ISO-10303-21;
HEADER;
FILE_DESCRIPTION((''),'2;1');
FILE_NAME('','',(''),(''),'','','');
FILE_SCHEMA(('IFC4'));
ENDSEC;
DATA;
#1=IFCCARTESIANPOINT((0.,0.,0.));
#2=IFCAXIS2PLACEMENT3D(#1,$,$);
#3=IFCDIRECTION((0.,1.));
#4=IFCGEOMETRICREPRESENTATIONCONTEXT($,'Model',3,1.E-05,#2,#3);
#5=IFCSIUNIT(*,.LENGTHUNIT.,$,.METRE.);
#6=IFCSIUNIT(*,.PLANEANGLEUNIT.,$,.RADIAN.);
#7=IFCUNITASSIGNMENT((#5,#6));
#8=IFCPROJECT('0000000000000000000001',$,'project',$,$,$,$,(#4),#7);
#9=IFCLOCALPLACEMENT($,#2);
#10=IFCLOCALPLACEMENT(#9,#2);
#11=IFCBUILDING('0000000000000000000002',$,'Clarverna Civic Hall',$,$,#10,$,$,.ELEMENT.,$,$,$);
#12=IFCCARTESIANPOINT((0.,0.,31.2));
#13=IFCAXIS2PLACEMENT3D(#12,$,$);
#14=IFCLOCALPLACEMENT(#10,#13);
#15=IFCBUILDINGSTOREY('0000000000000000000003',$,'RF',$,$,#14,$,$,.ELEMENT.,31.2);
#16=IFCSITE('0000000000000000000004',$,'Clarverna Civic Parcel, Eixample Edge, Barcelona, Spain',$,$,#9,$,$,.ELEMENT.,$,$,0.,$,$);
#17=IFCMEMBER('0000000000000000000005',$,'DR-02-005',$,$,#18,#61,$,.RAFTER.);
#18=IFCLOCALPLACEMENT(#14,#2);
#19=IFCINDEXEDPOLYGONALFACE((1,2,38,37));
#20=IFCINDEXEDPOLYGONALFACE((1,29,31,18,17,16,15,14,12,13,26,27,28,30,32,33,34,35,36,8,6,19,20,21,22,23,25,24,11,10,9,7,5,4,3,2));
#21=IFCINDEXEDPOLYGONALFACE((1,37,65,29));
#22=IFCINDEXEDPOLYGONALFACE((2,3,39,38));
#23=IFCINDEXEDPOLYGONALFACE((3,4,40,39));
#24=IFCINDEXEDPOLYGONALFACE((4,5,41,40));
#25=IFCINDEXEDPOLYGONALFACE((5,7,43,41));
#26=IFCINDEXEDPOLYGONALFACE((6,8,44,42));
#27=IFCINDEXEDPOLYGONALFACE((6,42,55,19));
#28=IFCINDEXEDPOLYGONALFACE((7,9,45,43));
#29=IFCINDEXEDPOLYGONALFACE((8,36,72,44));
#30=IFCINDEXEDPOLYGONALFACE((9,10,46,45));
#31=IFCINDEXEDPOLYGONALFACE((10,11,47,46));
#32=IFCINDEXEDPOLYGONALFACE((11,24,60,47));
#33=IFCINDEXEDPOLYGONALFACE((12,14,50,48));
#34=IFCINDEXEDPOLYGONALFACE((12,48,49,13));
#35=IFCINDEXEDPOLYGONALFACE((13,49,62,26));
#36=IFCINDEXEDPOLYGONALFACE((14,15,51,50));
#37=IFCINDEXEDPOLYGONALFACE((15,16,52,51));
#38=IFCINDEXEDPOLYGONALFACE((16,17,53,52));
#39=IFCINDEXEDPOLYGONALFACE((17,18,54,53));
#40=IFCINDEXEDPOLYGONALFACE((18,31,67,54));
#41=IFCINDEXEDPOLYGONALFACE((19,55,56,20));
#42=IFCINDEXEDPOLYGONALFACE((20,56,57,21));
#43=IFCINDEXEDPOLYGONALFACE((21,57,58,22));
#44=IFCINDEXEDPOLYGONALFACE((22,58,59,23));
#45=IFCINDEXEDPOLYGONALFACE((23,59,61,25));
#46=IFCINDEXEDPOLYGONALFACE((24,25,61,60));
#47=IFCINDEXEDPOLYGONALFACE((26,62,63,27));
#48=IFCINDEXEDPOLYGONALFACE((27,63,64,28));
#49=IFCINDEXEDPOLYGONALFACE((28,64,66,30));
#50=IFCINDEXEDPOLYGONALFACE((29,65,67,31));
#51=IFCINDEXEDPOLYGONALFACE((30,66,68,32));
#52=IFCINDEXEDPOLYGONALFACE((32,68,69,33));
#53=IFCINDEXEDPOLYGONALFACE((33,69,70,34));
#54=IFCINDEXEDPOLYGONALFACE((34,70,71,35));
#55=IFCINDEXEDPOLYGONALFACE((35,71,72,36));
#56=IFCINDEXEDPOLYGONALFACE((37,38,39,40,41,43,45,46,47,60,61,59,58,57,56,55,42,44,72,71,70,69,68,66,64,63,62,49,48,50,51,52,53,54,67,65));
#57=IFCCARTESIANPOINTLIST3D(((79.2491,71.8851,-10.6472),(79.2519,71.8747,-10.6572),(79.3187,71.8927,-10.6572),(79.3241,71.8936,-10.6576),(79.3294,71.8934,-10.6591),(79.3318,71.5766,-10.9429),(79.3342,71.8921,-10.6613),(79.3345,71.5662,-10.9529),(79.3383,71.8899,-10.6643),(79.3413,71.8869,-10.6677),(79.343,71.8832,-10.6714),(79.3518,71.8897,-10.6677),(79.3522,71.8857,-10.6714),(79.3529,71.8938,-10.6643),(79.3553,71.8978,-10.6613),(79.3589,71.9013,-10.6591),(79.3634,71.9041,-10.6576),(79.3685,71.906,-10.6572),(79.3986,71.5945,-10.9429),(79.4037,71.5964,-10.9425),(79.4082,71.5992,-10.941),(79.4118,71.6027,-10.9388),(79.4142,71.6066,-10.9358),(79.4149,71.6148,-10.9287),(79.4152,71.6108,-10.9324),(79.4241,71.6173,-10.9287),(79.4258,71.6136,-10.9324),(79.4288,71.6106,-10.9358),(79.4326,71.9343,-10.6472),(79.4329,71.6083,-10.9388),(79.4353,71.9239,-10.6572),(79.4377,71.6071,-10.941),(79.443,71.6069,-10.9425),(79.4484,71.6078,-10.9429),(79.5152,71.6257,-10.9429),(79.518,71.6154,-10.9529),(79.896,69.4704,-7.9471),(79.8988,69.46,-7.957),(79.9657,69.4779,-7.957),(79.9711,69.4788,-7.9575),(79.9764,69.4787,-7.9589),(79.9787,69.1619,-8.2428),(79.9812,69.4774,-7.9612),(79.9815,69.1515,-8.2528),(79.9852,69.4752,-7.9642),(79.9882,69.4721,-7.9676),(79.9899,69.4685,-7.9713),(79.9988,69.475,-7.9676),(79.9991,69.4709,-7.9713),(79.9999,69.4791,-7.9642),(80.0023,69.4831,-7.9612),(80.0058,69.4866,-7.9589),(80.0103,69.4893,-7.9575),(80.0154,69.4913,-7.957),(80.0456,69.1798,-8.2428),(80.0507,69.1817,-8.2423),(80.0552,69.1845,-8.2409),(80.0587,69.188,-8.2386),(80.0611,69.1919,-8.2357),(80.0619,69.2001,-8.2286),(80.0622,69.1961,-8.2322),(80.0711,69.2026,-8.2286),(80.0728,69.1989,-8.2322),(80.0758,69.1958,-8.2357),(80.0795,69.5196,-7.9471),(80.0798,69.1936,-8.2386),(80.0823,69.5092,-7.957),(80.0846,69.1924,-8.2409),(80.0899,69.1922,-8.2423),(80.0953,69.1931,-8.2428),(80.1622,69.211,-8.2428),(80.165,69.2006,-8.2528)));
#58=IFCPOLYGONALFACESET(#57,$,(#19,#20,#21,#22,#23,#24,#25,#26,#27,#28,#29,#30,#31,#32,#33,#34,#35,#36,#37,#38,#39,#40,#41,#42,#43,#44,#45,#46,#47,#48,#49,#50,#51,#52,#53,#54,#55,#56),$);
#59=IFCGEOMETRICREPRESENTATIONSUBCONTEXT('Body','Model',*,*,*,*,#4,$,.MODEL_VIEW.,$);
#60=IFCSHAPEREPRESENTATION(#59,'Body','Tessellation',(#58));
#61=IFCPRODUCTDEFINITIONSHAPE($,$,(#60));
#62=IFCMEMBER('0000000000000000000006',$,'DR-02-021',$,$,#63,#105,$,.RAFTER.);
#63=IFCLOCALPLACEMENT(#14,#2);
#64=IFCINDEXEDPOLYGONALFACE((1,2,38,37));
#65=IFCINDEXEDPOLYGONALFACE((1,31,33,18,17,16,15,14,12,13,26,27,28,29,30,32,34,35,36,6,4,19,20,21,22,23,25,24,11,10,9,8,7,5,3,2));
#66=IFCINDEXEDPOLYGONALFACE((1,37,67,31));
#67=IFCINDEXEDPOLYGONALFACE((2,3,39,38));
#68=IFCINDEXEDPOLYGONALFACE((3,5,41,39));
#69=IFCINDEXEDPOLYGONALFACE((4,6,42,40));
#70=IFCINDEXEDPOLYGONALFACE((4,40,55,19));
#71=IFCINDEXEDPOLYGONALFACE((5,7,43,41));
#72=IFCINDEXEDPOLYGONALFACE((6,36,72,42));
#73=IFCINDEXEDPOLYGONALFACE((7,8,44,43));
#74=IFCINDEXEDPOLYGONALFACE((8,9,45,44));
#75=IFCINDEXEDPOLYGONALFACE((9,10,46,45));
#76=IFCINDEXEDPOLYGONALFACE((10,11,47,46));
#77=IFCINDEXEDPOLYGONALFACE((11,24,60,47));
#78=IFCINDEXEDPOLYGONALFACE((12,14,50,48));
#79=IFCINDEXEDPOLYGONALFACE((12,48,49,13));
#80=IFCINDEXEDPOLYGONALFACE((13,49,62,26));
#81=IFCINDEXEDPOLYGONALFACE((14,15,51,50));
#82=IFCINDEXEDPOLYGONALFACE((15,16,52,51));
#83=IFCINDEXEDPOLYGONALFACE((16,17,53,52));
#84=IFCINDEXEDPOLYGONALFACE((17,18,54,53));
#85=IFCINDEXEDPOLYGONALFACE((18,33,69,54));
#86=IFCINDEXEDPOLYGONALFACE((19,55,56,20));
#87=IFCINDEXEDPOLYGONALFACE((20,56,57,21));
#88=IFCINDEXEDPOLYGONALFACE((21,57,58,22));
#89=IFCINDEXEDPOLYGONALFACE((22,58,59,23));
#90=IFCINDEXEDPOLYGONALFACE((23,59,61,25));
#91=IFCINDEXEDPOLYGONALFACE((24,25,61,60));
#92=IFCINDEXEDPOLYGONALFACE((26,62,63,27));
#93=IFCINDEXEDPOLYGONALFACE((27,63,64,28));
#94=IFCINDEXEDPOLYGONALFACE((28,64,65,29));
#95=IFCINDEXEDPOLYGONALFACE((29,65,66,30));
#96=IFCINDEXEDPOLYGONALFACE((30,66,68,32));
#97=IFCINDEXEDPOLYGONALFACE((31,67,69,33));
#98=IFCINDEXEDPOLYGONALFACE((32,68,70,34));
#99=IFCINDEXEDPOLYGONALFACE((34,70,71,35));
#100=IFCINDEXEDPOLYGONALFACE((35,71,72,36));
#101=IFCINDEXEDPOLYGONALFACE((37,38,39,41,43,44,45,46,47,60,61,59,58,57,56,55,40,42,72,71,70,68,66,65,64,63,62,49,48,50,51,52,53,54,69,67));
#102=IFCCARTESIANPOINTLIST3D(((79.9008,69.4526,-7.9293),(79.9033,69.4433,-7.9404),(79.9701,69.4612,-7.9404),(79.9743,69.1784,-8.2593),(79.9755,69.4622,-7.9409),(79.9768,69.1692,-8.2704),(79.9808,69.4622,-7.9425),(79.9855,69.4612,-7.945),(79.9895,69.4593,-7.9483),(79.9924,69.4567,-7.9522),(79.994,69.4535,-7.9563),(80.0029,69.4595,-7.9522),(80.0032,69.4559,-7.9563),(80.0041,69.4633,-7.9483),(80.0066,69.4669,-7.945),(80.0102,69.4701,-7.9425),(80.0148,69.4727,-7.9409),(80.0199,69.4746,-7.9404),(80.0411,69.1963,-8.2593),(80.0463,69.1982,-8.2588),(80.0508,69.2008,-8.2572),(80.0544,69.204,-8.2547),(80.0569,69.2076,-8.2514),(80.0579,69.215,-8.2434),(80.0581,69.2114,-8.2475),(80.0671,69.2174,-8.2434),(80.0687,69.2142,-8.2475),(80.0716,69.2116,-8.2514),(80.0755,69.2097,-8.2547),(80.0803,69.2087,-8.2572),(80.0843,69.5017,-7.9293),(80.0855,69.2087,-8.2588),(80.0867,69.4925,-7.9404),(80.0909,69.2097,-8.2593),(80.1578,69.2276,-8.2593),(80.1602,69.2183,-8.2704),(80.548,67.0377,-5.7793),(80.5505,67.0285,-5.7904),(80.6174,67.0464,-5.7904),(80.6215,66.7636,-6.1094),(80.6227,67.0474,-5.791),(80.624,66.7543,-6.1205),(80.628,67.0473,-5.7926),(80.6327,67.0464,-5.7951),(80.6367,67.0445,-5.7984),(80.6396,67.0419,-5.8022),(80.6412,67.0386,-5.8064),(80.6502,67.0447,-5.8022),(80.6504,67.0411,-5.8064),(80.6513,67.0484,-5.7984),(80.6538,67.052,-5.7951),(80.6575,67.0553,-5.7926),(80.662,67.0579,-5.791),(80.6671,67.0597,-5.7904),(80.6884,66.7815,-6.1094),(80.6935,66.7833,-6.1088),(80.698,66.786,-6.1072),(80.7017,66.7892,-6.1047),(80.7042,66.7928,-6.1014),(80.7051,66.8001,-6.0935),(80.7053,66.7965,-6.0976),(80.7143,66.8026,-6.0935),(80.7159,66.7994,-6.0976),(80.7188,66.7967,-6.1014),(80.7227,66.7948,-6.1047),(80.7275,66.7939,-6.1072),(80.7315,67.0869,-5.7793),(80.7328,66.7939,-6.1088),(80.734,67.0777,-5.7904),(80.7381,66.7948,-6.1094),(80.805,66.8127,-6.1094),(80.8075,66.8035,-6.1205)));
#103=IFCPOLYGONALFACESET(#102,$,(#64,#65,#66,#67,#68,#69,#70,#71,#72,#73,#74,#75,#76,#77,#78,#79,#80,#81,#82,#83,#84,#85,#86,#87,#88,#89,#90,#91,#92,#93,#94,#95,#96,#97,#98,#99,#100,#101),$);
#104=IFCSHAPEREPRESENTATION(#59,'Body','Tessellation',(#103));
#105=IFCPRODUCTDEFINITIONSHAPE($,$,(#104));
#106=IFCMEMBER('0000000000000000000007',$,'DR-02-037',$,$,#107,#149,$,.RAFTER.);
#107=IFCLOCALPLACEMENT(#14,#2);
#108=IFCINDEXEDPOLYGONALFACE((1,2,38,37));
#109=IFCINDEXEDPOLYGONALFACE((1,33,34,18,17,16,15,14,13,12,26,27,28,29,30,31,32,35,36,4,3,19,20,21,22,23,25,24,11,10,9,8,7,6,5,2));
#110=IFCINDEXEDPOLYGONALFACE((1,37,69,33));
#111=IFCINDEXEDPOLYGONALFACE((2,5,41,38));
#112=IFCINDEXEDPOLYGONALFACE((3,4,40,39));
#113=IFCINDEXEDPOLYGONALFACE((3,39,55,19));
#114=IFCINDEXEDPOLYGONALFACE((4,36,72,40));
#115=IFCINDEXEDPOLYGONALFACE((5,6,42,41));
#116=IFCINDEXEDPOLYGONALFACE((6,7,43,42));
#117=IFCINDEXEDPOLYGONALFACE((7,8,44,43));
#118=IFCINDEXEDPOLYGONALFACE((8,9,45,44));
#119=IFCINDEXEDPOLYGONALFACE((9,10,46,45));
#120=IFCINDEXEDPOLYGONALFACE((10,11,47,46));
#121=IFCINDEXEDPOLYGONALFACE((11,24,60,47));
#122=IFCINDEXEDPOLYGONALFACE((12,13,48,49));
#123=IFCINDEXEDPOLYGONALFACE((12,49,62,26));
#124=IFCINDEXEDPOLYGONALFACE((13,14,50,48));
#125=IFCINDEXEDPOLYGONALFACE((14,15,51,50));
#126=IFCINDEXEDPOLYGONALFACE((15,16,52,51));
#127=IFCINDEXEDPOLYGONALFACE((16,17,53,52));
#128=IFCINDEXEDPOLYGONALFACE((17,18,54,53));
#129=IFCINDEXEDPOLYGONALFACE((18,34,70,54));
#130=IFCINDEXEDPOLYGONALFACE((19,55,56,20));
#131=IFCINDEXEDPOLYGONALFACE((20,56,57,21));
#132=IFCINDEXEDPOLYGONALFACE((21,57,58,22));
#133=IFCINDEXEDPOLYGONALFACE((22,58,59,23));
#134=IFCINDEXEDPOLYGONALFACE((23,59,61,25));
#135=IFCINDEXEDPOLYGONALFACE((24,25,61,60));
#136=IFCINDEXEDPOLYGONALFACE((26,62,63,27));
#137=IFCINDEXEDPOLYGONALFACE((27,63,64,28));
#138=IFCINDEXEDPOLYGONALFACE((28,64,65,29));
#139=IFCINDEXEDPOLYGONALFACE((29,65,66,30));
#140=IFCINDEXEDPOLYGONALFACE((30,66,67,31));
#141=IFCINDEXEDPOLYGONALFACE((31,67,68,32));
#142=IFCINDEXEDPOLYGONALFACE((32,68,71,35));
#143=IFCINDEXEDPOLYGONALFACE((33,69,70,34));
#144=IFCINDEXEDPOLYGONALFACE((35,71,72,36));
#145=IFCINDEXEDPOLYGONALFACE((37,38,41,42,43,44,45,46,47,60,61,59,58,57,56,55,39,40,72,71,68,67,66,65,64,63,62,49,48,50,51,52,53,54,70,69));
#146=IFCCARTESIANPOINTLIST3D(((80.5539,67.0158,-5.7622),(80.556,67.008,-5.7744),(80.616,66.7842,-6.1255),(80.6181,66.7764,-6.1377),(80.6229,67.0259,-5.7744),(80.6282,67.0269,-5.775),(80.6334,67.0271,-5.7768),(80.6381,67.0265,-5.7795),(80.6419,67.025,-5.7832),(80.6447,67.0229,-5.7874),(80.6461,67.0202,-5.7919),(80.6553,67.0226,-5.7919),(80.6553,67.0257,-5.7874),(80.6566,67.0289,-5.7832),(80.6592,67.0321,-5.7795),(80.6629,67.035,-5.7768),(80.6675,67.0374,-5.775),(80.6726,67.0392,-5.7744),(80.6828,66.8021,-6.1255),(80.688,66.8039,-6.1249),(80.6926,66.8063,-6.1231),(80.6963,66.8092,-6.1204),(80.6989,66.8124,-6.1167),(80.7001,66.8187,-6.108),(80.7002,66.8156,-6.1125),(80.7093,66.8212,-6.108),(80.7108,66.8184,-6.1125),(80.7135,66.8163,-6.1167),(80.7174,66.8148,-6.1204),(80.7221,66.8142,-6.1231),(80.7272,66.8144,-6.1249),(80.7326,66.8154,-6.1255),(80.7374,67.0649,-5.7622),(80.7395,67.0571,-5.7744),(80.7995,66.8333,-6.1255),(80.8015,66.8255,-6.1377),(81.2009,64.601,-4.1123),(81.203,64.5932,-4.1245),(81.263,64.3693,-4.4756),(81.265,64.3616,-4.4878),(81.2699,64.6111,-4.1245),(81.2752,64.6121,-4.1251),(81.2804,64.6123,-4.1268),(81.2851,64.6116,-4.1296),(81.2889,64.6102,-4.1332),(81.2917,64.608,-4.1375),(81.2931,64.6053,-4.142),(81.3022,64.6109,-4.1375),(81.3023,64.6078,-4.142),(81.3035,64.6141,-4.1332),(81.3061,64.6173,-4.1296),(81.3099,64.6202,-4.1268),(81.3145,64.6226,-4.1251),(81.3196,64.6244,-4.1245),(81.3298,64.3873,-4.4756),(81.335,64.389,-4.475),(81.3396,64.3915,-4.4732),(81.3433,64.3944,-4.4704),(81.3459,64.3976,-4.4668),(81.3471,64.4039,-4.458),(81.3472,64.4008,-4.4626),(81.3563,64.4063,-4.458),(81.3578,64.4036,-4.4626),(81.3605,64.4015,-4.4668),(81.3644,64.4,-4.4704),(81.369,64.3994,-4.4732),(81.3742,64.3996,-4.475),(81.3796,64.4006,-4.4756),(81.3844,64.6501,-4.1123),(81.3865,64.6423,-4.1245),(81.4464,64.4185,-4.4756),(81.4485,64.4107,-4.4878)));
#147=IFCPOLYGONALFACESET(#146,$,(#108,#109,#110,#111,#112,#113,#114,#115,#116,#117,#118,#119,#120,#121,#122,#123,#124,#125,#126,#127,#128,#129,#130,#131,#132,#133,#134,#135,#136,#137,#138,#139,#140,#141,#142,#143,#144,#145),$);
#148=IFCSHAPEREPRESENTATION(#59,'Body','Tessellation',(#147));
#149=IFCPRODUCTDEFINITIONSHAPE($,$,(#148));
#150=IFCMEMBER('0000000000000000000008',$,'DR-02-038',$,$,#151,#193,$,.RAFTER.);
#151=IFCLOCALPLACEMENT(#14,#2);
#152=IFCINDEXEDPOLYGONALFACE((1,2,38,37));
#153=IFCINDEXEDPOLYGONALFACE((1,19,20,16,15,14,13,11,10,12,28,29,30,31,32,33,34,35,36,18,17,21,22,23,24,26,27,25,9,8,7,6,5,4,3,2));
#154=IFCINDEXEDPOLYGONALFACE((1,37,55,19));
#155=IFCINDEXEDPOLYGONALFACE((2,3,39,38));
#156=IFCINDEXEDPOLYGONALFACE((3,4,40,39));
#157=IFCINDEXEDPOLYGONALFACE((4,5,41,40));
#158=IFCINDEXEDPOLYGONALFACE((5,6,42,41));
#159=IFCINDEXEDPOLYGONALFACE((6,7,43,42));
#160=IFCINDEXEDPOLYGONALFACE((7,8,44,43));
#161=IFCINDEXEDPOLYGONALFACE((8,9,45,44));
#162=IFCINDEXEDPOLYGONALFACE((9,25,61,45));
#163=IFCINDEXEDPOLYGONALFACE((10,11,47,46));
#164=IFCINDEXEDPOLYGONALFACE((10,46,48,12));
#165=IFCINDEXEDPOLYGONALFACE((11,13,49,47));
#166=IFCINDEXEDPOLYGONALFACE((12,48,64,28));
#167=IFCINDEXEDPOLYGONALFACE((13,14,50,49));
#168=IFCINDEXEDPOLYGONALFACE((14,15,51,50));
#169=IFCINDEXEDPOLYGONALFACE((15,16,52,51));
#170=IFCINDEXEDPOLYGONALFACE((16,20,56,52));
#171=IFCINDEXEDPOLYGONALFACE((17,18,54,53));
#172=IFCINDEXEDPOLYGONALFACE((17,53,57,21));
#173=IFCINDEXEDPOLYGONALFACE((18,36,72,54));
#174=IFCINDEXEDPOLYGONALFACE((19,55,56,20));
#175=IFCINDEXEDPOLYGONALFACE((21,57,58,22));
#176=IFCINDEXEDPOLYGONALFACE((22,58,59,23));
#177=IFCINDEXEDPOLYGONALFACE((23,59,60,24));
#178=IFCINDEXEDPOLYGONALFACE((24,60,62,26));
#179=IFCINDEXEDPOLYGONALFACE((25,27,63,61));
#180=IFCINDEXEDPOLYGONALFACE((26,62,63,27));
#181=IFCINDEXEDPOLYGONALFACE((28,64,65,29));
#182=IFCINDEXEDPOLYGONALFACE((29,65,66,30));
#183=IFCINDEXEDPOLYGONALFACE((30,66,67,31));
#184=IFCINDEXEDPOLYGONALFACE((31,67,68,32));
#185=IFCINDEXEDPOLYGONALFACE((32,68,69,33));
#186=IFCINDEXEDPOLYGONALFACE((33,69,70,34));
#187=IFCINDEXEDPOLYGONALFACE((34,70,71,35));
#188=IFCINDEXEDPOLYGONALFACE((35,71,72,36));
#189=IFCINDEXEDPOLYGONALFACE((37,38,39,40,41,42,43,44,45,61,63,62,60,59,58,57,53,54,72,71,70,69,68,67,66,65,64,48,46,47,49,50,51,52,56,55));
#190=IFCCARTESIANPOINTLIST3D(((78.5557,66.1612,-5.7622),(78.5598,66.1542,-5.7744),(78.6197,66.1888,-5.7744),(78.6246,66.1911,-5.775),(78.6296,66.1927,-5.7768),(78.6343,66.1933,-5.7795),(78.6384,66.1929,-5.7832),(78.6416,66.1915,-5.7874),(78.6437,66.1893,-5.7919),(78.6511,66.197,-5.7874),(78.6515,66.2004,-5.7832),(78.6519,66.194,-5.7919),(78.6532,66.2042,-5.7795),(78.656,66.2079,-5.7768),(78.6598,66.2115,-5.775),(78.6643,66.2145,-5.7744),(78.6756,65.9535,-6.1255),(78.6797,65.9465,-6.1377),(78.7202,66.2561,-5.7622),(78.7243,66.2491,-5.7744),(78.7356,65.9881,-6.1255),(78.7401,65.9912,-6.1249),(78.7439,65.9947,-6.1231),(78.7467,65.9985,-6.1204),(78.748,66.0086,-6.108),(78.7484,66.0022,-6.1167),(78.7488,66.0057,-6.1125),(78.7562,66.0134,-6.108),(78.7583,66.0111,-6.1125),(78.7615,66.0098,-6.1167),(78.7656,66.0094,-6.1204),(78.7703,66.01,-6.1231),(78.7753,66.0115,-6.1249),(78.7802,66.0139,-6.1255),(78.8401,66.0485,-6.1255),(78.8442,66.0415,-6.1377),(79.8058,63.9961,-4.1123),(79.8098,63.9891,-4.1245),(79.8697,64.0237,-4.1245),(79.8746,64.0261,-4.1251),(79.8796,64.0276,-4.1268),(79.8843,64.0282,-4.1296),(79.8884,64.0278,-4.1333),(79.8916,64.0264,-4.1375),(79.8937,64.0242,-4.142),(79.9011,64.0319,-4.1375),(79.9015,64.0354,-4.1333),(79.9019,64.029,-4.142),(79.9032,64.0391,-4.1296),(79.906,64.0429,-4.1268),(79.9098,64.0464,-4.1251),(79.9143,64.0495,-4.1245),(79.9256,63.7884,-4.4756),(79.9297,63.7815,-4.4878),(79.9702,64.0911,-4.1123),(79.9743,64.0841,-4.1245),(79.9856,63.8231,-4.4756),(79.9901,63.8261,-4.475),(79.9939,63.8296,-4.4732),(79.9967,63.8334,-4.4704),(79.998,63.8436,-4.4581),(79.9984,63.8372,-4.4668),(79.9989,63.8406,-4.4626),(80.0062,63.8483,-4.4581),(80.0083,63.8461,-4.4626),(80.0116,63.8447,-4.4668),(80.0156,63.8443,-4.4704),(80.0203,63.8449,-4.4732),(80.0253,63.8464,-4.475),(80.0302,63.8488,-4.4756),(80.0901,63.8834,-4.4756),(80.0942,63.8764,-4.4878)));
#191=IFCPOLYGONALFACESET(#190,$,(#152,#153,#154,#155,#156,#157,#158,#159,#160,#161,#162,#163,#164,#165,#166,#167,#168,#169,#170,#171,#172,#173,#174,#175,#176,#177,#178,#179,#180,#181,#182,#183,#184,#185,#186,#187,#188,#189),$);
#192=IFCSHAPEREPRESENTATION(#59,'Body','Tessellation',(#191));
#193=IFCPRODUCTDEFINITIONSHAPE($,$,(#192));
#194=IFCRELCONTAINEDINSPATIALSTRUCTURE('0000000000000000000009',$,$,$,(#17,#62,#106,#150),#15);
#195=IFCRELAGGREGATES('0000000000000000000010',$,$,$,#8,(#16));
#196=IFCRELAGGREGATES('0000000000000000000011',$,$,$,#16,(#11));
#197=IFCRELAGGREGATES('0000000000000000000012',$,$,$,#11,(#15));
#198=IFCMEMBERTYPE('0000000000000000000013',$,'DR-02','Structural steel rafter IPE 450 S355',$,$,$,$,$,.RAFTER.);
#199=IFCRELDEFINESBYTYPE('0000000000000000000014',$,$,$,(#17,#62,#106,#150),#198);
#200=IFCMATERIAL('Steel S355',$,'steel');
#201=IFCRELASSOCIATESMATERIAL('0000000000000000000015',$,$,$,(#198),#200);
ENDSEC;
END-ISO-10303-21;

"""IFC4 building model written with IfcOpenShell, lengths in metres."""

from ifc_helpers import new_model, si_unit, direction, frame, origin, origin_2d, place, context, subcontext, project, spatial, i_section, extrude, material, material_profile, profile_set, type_object, element, save


model = new_model("IFC4")

# Units and contexts
model_context = context("Model", 3, precision=1e-05, world=origin(), true_north=direction((0.0, 1.0)))
body_context = subcontext(model_context, "Body", "Model", "MODEL_VIEW")
ifc_project = project(units=[si_unit("LENGTHUNIT", "METRE"), si_unit("PLANEANGLEUNIT", "RADIAN")], contexts=[model_context])

# Site, building, storey
site_placement = place(None, origin())
site = spatial("IfcSite", under=ifc_project, at=site_placement, Name="Clarverna Civic Parcel, Eixample Edge, Barcelona, Spain", CompositionType="ELEMENT", RefElevation=0.0)
building_placement = place(site_placement, origin())
building = spatial("IfcBuilding", under=site, at=building_placement, Name="Clarverna Civic Hall", CompositionType="ELEMENT")
storey_placement = place(building_placement, frame((0.0, 0.0, 31.2)))
storey = spatial("IfcBuildingStorey", under=building, at=storey_placement, Name="RF", CompositionType="ELEMENT", Elevation=31.2)

# Members
ifc_material_1 = material(Name="Steel S355", Category="steel")
ifc_material_profile_1 = material_profile(ifc_material_1, i_section(OverallWidth=0.1899, OverallDepth=0.45, WebThickness=0.0095, FlangeThickness=0.0146, FilletRadius=0.021, at=origin_2d()), Name="IPE 450")
ifc_profile_set_1 = profile_set([ifc_material_profile_1], Name="Steel S355")
member_type_1 = type_object("IfcMemberType", Name="DR-02", Description="Structural steel rafter IPE 450 S355", PredefinedType="RAFTER", material=ifc_profile_set_1)
member_1_placement = place(storey_placement, frame((79.3835, 71.7502, -10.8), z_axis=(0.175818, -0.656232, 0.73379), x_axis=(0.965933, 0.258793, 0.0)))
element("IfcMember", 1, at=member_1_placement, inside=storey, type_object=member_type_1, Name="DR-02-005", PredefinedType="RAFTER", context=body_context, shape_type="SweptSolid", body=[
    extrude(i_section(OverallWidth=0.1899, OverallDepth=0.45, WebThickness=0.0095, FlangeThickness=0.0146, FilletRadius=0.021, at=origin_2d()), origin(), (0.0, 0.0, 1.0), 3.6797),
])
member_2_placement = place(storey_placement, frame((80.0305, 69.3354, -8.0999), z_axis=(0.196287, -0.732355, 0.652019), x_axis=(0.965908, 0.258884, 0.0)))
element("IfcMember", 2, at=member_2_placement, inside=storey, type_object=member_type_1, Name="DR-02-021", PredefinedType="RAFTER", context=body_context, shape_type="SweptSolid", body=[
    extrude(i_section(OverallWidth=0.1899, OverallDepth=0.45, WebThickness=0.0095, FlangeThickness=0.0146, FilletRadius=0.021, at=origin_2d()), origin(), (0.0, 0.0, 1.0), 3.2974),
])
for number, where, z_axis, x_axis, name in (
    (3, (80.6777, 66.9207, -5.95), (0.215994, -0.806187, 0.550825), (0.965933, 0.258793, 0.0), "DR-02-037"),
    (4, (78.7, 66.1013, -5.95), (0.417315, -0.722802, 0.550823), (0.866023, 0.500004, 0.0), "DR-02-038"),
):
    element("IfcMember", number, at=place(storey_placement, frame(where, z_axis=z_axis, x_axis=x_axis)), inside=storey, type_object=member_type_1, Name=name, PredefinedType="RAFTER", context=body_context, shape_type="SweptSolid", body=[
        extrude(i_section(OverallWidth=0.1899, OverallDepth=0.45, WebThickness=0.0095, FlangeThickness=0.0146, FilletRadius=0.021, at=origin_2d()), origin(), (0.0, 0.0, 1.0), 2.9954),
    ])

save(model, "model.ifc")
